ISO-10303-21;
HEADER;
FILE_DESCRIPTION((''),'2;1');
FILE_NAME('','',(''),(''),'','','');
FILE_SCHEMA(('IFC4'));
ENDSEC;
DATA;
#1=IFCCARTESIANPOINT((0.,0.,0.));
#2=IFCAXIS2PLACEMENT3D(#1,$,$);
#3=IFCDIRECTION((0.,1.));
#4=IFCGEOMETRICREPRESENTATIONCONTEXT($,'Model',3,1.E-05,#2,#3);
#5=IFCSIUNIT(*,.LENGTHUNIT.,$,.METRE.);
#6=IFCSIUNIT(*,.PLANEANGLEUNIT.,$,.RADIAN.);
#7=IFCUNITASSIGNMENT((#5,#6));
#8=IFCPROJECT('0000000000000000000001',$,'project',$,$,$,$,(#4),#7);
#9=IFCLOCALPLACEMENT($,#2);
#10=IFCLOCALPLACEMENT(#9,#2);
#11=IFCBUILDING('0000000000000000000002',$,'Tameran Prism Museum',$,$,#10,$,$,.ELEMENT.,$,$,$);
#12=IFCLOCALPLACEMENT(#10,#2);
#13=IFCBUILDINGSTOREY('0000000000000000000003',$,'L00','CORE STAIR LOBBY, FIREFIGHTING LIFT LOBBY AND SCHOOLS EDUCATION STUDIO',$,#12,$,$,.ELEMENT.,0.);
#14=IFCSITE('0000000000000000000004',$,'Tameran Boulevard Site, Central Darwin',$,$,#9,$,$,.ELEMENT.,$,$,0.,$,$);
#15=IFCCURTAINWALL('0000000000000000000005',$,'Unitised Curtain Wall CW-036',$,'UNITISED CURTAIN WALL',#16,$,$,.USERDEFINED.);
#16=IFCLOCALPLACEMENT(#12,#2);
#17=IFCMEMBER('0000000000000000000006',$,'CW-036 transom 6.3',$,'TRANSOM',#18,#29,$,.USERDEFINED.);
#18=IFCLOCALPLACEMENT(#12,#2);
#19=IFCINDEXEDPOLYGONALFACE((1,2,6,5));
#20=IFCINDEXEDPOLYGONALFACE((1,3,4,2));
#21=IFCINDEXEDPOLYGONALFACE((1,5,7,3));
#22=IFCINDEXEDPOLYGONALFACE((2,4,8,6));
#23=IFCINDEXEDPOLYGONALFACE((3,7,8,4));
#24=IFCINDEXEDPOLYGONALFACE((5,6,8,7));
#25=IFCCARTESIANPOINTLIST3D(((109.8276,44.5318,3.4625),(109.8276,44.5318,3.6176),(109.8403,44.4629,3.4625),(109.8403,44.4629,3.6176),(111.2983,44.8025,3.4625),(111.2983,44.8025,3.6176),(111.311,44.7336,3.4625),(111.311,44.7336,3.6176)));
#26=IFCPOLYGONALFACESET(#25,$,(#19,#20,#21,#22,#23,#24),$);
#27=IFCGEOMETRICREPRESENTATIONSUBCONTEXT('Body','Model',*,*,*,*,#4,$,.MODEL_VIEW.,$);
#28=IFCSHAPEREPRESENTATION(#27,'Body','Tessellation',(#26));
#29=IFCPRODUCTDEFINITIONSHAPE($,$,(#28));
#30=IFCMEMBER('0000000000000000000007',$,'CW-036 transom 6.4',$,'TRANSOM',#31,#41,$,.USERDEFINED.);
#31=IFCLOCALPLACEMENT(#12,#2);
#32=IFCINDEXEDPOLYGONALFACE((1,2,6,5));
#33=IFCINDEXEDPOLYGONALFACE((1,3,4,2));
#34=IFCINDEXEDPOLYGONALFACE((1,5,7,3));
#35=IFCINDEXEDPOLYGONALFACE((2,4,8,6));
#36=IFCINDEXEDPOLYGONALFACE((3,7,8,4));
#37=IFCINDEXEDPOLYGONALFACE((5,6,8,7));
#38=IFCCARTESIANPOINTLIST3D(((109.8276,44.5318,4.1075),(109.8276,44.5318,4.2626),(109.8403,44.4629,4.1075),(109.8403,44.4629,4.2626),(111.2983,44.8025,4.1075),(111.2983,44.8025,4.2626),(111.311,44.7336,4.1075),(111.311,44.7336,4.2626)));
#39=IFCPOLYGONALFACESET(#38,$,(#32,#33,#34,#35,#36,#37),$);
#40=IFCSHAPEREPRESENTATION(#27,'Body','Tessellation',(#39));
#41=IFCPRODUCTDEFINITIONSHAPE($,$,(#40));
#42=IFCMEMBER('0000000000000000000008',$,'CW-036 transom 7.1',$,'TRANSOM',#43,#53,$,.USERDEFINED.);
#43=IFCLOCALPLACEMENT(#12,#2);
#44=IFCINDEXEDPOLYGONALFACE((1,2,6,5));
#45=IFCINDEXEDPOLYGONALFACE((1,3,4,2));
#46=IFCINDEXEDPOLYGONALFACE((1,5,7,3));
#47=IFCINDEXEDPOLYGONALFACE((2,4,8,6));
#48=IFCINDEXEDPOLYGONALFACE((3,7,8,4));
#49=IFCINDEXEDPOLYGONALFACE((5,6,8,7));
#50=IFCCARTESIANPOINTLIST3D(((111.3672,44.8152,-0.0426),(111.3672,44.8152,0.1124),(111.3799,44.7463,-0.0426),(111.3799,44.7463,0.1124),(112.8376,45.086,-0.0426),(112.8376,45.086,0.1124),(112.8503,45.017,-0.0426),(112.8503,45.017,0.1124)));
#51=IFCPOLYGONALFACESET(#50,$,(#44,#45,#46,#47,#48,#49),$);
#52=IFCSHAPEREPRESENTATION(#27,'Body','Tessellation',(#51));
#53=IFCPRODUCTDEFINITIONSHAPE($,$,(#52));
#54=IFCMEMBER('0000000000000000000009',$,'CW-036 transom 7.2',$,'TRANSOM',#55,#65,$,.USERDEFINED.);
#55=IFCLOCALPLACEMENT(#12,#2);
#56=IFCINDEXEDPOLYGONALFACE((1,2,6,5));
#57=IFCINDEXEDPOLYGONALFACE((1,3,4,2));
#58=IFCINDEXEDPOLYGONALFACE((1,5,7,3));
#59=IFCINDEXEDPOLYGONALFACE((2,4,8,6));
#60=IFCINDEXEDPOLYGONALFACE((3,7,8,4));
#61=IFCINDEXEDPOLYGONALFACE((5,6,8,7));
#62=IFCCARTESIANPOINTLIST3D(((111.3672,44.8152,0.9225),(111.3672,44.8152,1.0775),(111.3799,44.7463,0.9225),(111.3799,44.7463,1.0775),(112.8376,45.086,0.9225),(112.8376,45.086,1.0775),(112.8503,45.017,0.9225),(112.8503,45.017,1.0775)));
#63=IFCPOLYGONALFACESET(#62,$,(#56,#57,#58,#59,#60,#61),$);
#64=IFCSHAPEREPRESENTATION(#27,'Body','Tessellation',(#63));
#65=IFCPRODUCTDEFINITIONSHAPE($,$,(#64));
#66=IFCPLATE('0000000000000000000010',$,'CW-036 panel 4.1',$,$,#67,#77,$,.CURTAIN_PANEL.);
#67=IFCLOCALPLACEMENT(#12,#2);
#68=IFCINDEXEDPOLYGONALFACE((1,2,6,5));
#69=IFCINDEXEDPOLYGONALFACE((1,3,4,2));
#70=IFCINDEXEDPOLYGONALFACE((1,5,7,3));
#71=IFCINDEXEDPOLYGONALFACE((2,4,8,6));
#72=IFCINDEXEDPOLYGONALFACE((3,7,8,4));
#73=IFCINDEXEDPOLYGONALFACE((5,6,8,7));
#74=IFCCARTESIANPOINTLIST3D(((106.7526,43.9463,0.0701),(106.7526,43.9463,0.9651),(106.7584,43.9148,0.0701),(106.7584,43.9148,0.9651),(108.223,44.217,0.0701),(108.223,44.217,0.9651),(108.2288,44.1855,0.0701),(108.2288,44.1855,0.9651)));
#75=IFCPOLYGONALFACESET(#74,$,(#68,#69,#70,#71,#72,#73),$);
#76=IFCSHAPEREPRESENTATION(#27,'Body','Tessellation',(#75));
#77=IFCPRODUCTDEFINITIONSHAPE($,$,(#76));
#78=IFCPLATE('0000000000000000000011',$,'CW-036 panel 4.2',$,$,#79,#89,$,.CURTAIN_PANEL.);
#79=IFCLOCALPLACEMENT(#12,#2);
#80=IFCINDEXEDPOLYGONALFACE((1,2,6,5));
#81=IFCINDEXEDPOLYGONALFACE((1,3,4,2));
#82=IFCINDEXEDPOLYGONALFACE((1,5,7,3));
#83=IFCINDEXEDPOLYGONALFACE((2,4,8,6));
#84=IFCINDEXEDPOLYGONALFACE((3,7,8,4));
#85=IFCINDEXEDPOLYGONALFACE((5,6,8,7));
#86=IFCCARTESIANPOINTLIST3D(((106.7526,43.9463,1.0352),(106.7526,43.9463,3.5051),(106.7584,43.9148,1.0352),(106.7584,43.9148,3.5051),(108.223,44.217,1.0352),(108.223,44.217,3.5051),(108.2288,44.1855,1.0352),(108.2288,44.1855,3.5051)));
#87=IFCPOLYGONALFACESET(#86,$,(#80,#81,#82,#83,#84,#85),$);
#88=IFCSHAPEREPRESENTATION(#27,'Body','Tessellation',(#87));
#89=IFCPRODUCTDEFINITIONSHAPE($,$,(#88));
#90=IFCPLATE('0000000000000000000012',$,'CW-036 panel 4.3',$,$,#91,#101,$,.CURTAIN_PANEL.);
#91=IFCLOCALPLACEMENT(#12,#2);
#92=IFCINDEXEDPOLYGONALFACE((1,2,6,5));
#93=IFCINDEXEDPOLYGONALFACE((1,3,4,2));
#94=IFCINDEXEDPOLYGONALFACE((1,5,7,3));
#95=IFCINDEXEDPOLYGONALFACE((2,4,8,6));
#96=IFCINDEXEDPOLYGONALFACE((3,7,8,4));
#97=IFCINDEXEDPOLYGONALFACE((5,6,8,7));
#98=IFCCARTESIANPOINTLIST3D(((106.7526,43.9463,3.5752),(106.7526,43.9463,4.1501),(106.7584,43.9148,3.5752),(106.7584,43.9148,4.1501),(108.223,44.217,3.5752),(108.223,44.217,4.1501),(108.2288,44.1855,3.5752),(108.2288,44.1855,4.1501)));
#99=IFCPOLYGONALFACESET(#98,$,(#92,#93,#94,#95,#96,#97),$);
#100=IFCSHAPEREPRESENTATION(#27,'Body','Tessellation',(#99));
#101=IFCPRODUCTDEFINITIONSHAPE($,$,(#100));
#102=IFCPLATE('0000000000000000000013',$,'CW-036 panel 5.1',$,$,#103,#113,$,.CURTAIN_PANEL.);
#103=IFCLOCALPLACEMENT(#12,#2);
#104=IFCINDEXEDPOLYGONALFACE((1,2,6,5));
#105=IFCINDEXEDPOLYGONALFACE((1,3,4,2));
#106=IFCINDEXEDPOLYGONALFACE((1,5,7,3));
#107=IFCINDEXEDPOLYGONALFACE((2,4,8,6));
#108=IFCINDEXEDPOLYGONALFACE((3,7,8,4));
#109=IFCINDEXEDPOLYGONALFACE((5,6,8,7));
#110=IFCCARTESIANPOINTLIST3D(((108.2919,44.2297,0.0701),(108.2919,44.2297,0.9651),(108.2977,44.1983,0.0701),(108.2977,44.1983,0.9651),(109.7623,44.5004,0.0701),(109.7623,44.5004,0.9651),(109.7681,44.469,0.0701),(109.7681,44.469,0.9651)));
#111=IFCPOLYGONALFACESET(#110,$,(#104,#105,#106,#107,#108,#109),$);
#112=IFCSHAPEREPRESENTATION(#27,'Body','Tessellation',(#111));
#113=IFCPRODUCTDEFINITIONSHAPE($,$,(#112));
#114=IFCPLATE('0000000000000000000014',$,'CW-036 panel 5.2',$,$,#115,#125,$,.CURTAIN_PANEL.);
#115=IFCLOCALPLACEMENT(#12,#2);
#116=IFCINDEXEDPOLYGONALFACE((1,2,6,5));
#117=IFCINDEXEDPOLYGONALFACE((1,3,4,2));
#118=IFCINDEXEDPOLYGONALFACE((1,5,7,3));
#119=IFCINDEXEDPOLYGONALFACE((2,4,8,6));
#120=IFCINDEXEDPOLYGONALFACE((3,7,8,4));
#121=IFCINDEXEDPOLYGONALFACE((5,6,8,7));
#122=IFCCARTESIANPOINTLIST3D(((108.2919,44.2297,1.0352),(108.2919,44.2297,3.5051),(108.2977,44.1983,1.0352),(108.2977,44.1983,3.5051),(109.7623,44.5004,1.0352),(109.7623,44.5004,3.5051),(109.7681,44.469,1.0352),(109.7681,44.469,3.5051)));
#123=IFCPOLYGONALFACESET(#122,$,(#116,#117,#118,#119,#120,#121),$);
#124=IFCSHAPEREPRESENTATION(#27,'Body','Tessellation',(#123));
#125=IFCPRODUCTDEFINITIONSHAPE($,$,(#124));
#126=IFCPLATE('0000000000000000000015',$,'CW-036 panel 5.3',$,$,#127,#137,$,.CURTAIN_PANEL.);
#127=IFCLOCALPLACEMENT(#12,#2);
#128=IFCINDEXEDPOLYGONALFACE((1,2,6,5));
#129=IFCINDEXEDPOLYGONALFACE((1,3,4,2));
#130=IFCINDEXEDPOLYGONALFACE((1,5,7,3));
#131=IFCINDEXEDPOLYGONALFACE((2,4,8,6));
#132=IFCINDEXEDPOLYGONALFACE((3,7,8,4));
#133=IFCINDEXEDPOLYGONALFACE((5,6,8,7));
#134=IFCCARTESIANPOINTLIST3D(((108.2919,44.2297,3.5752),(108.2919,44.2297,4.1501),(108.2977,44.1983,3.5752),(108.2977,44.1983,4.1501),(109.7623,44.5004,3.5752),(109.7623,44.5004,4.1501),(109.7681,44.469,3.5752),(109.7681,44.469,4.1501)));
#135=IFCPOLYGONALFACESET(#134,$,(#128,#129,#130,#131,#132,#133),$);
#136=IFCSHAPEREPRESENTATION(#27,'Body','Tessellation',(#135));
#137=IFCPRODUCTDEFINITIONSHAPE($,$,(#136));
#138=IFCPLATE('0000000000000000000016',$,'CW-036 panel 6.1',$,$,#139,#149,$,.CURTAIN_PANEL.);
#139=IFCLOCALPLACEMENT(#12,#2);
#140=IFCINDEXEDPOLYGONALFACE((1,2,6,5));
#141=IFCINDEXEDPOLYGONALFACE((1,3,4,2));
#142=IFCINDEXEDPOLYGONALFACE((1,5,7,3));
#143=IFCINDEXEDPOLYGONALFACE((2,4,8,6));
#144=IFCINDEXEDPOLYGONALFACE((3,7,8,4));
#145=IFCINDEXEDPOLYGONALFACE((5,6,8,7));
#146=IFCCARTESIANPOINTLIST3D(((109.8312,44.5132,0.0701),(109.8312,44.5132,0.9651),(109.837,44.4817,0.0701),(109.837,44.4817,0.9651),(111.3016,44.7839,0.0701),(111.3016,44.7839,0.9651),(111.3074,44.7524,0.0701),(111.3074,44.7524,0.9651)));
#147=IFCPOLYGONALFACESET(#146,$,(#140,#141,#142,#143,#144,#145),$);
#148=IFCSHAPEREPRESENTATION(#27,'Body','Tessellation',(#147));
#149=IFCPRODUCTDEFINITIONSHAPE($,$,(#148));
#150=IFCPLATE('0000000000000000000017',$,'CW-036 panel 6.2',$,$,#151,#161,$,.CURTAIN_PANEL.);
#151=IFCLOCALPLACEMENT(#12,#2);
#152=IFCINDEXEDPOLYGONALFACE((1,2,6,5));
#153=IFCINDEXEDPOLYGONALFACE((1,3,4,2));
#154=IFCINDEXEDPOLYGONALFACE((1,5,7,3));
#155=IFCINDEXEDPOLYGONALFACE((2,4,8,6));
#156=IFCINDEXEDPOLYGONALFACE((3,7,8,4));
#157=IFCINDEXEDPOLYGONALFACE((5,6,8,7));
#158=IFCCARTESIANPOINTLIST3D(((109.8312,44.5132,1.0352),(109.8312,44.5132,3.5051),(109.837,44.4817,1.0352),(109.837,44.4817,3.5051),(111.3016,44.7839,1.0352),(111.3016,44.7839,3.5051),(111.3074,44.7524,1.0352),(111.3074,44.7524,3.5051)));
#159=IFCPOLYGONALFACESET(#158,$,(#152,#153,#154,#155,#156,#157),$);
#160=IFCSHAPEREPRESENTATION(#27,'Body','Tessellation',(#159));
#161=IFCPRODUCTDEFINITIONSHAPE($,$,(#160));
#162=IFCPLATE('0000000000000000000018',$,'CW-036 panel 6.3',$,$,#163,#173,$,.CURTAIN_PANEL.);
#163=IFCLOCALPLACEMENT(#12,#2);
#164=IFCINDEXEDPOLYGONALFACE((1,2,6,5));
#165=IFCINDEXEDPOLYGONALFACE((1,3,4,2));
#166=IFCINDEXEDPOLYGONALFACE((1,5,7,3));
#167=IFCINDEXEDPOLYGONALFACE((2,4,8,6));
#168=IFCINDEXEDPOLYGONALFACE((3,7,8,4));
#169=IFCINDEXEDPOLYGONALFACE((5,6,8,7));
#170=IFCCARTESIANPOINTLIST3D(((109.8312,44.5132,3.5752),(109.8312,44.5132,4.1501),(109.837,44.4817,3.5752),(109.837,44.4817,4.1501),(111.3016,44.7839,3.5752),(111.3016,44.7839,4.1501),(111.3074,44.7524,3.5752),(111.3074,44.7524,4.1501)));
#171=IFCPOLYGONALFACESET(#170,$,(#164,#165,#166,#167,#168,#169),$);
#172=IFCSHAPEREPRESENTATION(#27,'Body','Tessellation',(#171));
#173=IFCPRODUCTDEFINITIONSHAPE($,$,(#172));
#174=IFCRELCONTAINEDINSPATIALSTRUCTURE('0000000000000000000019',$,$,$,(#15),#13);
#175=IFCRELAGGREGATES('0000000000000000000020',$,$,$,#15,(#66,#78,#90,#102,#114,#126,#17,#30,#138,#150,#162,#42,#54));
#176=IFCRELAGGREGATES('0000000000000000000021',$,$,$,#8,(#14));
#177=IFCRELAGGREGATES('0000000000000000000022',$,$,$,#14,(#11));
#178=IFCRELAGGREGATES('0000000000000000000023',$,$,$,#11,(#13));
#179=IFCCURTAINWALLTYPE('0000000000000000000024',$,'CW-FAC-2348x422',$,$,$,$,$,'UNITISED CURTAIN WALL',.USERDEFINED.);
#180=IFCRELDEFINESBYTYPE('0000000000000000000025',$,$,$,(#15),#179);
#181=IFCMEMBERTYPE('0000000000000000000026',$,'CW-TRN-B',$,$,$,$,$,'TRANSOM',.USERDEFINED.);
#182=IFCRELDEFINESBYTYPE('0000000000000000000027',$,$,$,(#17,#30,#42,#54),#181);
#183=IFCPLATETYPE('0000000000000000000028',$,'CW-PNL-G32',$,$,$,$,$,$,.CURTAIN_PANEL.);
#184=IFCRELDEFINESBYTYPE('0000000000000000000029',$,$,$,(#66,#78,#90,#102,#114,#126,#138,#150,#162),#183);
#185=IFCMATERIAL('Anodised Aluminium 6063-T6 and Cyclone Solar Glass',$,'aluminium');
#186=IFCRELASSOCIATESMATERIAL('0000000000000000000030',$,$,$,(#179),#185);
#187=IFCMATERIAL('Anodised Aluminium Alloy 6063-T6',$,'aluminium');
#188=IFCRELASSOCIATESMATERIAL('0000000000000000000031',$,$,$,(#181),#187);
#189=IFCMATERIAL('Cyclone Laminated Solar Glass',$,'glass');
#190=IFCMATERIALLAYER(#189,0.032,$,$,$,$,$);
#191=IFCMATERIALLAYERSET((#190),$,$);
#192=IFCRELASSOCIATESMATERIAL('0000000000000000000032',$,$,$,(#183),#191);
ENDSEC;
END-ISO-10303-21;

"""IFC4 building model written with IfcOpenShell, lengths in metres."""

from ifc_helpers import new_model, si_unit, direction, frame, origin, origin_2d, place, context, subcontext, project, spatial, rectangle, extrude, material, layer, layer_set, material_profile, profile_set, type_object, element, aggregate, save


model = new_model("IFC4")

# Units and contexts
model_context = context("Model", 3, precision=1e-05, world=origin(), true_north=direction((0.0, 1.0)))
body_context = subcontext(model_context, "Body", "Model", "MODEL_VIEW")
ifc_project = project(units=[si_unit("LENGTHUNIT", "METRE"), si_unit("PLANEANGLEUNIT", "RADIAN")], contexts=[model_context])

# Site, building, storey
site_placement = place(None, origin())
site = spatial("IfcSite", under=ifc_project, at=site_placement, Name="Tameran Boulevard Site, Central Darwin", CompositionType="ELEMENT", RefElevation=0.0)
building_placement = place(site_placement, origin())
building = spatial("IfcBuilding", under=site, at=building_placement, Name="Tameran Prism Museum", CompositionType="ELEMENT")
storey_placement = place(building_placement, origin())
storey = spatial("IfcBuildingStorey", under=building, at=storey_placement, Name="L00", Description="CORE STAIR LOBBY, FIREFIGHTING LIFT LOBBY AND SCHOOLS EDUCATION STUDIO", CompositionType="ELEMENT", Elevation=0.0)

# Curtain wall, members, plates
ifc_material_1 = material(Name="Anodised Aluminium 6063-T6 and Cyclone Solar Glass", Category="aluminium")
curtain_wall_type = type_object("IfcCurtainWallType", Name="CW-FAC-2348x422", ElementType="UNITISED CURTAIN WALL", PredefinedType="USERDEFINED", material=ifc_material_1)
curtain_wall_placement = place(storey_placement, origin())
curtain_wall = element("IfcCurtainWall", 1, at=curtain_wall_placement, inside=storey, type_object=curtain_wall_type, Name="Unitised Curtain Wall CW-036", ObjectType="UNITISED CURTAIN WALL", PredefinedType="USERDEFINED")
ifc_material_2 = material(Name="Anodised Aluminium Alloy 6063-T6", Category="aluminium")
ifc_material_profile_1 = material_profile(ifc_material_2, rectangle(XDim=0.0701, YDim=0.155, at=origin_2d()))
ifc_profile_set_1 = profile_set([ifc_material_profile_1])
member_type_1 = type_object("IfcMemberType", Name="CW-TRN-B", ElementType="TRANSOM", PredefinedType="USERDEFINED", material=ifc_profile_set_1)
member_1_placement = place(storey_placement, frame((109.834, 44.4973, 3.54), z_axis=(0.983473, 0.181054, 0.0), x_axis=(-0.181054, 0.983473, 0.0)))
member_1 = element("IfcMember", 2, at=member_1_placement, type_object=member_type_1, Name="CW-036 transom 6.3", ObjectType="TRANSOM", PredefinedType="USERDEFINED", context=body_context, shape_type="SweptSolid", body=[
    extrude(rectangle(XDim=0.0701, YDim=0.155, at=origin_2d()), origin(), (0.0, 0.0, 1.0), 1.4954),
])
member_2_placement = place(storey_placement, frame((109.834, 44.4973, 4.1851), z_axis=(0.983473, 0.181054, 0.0), x_axis=(-0.181054, 0.983473, 0.0)))
member_2 = element("IfcMember", 3, at=member_2_placement, type_object=member_type_1, Name="CW-036 transom 6.4", ObjectType="TRANSOM", PredefinedType="USERDEFINED", context=body_context, shape_type="SweptSolid", body=[
    extrude(rectangle(XDim=0.0701, YDim=0.155, at=origin_2d()), origin(), (0.0, 0.0, 1.0), 1.4954),
])
member_3_placement = place(storey_placement, frame((111.3735, 44.7808, 0.0349), z_axis=(0.983468, 0.181083, 0.0), x_axis=(-0.181083, 0.983468, 0.0)))
member_3 = element("IfcMember", 4, at=member_3_placement, type_object=member_type_1, Name="CW-036 transom 7.1", ObjectType="TRANSOM", PredefinedType="USERDEFINED", context=body_context, shape_type="SweptSolid", body=[
    extrude(rectangle(XDim=0.0701, YDim=0.155, at=origin_2d()), origin(), (0.0, 0.0, 1.0), 1.4951),
])
member_4_placement = place(storey_placement, frame((111.3735, 44.7808, 1.0), z_axis=(0.983468, 0.181083, 0.0), x_axis=(-0.181083, 0.983468, 0.0)))
member_4 = element("IfcMember", 5, at=member_4_placement, type_object=member_type_1, Name="CW-036 transom 7.2", ObjectType="TRANSOM", PredefinedType="USERDEFINED", context=body_context, shape_type="SweptSolid", body=[
    extrude(rectangle(XDim=0.0701, YDim=0.155, at=origin_2d()), origin(), (0.0, 0.0, 1.0), 1.4951),
])
ifc_material_3 = material(Name="Cyclone Laminated Solar Glass", Category="glass")
ifc_layer = layer(ifc_material_3, 0.032)
ifc_layer_set = layer_set([ifc_layer])
plate_type = type_object("IfcPlateType", Name="CW-PNL-G32", PredefinedType="CURTAIN_PANEL", material=ifc_layer_set)
plate_1_placement = place(storey_placement, frame((107.4907, 44.0659, 0.0701), z_axis=(0.0, 0.0, 1.0), x_axis=(0.983472, 0.181063, 0.0)))
plate_1 = element("IfcPlate", 6, at=plate_1_placement, type_object=plate_type, Name="CW-036 panel 4.1", PredefinedType="CURTAIN_PANEL", context=body_context, shape_type="SweptSolid", body=[
    extrude(rectangle(XDim=1.4951, YDim=0.032, at=origin_2d()), origin(), (0.0, 0.0, 1.0), 0.895),
])
plate_2_placement = place(storey_placement, frame((107.4907, 44.0659, 1.0352), z_axis=(0.0, 0.0, 1.0), x_axis=(0.983472, 0.181063, 0.0)))
plate_2 = element("IfcPlate", 7, at=plate_2_placement, type_object=plate_type, Name="CW-036 panel 4.2", PredefinedType="CURTAIN_PANEL", context=body_context, shape_type="SweptSolid", body=[
    extrude(rectangle(XDim=1.4951, YDim=0.032, at=origin_2d()), origin(), (0.0, 0.0, 1.0), 2.47),
])
plate_3_placement = place(storey_placement, frame((107.4907, 44.0659, 3.5752), z_axis=(0.0, 0.0, 1.0), x_axis=(0.983472, 0.181063, 0.0)))
plate_3 = element("IfcPlate", 8, at=plate_3_placement, type_object=plate_type, Name="CW-036 panel 4.3", PredefinedType="CURTAIN_PANEL", context=body_context, shape_type="SweptSolid", body=[
    extrude(rectangle(XDim=1.4951, YDim=0.032, at=origin_2d()), origin(), (0.0, 0.0, 1.0), 0.575),
])
plate_4_placement = place(storey_placement, frame((109.03, 44.3494, 0.0701), z_axis=(0.0, 0.0, 1.0), x_axis=(0.983472, 0.181063, 0.0)))
plate_4 = element("IfcPlate", 9, at=plate_4_placement, type_object=plate_type, Name="CW-036 panel 5.1", PredefinedType="CURTAIN_PANEL", context=body_context, shape_type="SweptSolid", body=[
    extrude(rectangle(XDim=1.4951, YDim=0.032, at=origin_2d()), origin(), (0.0, 0.0, 1.0), 0.895),
])
plate_5_placement = place(storey_placement, frame((109.03, 44.3494, 1.0352), z_axis=(0.0, 0.0, 1.0), x_axis=(0.983472, 0.181063, 0.0)))
plate_5 = element("IfcPlate", 10, at=plate_5_placement, type_object=plate_type, Name="CW-036 panel 5.2", PredefinedType="CURTAIN_PANEL", context=body_context, shape_type="SweptSolid", body=[
    extrude(rectangle(XDim=1.4951, YDim=0.032, at=origin_2d()), origin(), (0.0, 0.0, 1.0), 2.47),
])
plate_6_placement = place(storey_placement, frame((109.03, 44.3494, 3.5752), z_axis=(0.0, 0.0, 1.0), x_axis=(0.983472, 0.181063, 0.0)))
plate_6 = element("IfcPlate", 11, at=plate_6_placement, type_object=plate_type, Name="CW-036 panel 5.3", PredefinedType="CURTAIN_PANEL", context=body_context, shape_type="SweptSolid", body=[
    extrude(rectangle(XDim=1.4951, YDim=0.032, at=origin_2d()), origin(), (0.0, 0.0, 1.0), 0.575),
])
plate_7_placement = place(storey_placement, frame((110.5693, 44.6328, 0.0701), z_axis=(0.0, 0.0, 1.0), x_axis=(0.983472, 0.181063, 0.0)))
plate_7 = element("IfcPlate", 12, at=plate_7_placement, type_object=plate_type, Name="CW-036 panel 6.1", PredefinedType="CURTAIN_PANEL", context=body_context, shape_type="SweptSolid", body=[
    extrude(rectangle(XDim=1.4951, YDim=0.032, at=origin_2d()), origin(), (0.0, 0.0, 1.0), 0.895),
])
plate_8_placement = place(storey_placement, frame((110.5693, 44.6328, 1.0352), z_axis=(0.0, 0.0, 1.0), x_axis=(0.983472, 0.181063, 0.0)))
plate_8 = element("IfcPlate", 13, at=plate_8_placement, type_object=plate_type, Name="CW-036 panel 6.2", PredefinedType="CURTAIN_PANEL", context=body_context, shape_type="SweptSolid", body=[
    extrude(rectangle(XDim=1.4951, YDim=0.032, at=origin_2d()), origin(), (0.0, 0.0, 1.0), 2.47),
])
plate_9_placement = place(storey_placement, frame((110.5693, 44.6328, 3.5752), z_axis=(0.0, 0.0, 1.0), x_axis=(0.983472, 0.181063, 0.0)))
plate_9 = element("IfcPlate", 14, at=plate_9_placement, type_object=plate_type, Name="CW-036 panel 6.3", PredefinedType="CURTAIN_PANEL", context=body_context, shape_type="SweptSolid", body=[
    extrude(rectangle(XDim=1.4951, YDim=0.032, at=origin_2d()), origin(), (0.0, 0.0, 1.0), 0.575),
])
aggregate(curtain_wall, [plate_1, plate_2, plate_3, plate_4, plate_5, plate_6, member_1, member_2, plate_7, plate_8, plate_9, member_3, member_4])

save(model, "model.ifc")
